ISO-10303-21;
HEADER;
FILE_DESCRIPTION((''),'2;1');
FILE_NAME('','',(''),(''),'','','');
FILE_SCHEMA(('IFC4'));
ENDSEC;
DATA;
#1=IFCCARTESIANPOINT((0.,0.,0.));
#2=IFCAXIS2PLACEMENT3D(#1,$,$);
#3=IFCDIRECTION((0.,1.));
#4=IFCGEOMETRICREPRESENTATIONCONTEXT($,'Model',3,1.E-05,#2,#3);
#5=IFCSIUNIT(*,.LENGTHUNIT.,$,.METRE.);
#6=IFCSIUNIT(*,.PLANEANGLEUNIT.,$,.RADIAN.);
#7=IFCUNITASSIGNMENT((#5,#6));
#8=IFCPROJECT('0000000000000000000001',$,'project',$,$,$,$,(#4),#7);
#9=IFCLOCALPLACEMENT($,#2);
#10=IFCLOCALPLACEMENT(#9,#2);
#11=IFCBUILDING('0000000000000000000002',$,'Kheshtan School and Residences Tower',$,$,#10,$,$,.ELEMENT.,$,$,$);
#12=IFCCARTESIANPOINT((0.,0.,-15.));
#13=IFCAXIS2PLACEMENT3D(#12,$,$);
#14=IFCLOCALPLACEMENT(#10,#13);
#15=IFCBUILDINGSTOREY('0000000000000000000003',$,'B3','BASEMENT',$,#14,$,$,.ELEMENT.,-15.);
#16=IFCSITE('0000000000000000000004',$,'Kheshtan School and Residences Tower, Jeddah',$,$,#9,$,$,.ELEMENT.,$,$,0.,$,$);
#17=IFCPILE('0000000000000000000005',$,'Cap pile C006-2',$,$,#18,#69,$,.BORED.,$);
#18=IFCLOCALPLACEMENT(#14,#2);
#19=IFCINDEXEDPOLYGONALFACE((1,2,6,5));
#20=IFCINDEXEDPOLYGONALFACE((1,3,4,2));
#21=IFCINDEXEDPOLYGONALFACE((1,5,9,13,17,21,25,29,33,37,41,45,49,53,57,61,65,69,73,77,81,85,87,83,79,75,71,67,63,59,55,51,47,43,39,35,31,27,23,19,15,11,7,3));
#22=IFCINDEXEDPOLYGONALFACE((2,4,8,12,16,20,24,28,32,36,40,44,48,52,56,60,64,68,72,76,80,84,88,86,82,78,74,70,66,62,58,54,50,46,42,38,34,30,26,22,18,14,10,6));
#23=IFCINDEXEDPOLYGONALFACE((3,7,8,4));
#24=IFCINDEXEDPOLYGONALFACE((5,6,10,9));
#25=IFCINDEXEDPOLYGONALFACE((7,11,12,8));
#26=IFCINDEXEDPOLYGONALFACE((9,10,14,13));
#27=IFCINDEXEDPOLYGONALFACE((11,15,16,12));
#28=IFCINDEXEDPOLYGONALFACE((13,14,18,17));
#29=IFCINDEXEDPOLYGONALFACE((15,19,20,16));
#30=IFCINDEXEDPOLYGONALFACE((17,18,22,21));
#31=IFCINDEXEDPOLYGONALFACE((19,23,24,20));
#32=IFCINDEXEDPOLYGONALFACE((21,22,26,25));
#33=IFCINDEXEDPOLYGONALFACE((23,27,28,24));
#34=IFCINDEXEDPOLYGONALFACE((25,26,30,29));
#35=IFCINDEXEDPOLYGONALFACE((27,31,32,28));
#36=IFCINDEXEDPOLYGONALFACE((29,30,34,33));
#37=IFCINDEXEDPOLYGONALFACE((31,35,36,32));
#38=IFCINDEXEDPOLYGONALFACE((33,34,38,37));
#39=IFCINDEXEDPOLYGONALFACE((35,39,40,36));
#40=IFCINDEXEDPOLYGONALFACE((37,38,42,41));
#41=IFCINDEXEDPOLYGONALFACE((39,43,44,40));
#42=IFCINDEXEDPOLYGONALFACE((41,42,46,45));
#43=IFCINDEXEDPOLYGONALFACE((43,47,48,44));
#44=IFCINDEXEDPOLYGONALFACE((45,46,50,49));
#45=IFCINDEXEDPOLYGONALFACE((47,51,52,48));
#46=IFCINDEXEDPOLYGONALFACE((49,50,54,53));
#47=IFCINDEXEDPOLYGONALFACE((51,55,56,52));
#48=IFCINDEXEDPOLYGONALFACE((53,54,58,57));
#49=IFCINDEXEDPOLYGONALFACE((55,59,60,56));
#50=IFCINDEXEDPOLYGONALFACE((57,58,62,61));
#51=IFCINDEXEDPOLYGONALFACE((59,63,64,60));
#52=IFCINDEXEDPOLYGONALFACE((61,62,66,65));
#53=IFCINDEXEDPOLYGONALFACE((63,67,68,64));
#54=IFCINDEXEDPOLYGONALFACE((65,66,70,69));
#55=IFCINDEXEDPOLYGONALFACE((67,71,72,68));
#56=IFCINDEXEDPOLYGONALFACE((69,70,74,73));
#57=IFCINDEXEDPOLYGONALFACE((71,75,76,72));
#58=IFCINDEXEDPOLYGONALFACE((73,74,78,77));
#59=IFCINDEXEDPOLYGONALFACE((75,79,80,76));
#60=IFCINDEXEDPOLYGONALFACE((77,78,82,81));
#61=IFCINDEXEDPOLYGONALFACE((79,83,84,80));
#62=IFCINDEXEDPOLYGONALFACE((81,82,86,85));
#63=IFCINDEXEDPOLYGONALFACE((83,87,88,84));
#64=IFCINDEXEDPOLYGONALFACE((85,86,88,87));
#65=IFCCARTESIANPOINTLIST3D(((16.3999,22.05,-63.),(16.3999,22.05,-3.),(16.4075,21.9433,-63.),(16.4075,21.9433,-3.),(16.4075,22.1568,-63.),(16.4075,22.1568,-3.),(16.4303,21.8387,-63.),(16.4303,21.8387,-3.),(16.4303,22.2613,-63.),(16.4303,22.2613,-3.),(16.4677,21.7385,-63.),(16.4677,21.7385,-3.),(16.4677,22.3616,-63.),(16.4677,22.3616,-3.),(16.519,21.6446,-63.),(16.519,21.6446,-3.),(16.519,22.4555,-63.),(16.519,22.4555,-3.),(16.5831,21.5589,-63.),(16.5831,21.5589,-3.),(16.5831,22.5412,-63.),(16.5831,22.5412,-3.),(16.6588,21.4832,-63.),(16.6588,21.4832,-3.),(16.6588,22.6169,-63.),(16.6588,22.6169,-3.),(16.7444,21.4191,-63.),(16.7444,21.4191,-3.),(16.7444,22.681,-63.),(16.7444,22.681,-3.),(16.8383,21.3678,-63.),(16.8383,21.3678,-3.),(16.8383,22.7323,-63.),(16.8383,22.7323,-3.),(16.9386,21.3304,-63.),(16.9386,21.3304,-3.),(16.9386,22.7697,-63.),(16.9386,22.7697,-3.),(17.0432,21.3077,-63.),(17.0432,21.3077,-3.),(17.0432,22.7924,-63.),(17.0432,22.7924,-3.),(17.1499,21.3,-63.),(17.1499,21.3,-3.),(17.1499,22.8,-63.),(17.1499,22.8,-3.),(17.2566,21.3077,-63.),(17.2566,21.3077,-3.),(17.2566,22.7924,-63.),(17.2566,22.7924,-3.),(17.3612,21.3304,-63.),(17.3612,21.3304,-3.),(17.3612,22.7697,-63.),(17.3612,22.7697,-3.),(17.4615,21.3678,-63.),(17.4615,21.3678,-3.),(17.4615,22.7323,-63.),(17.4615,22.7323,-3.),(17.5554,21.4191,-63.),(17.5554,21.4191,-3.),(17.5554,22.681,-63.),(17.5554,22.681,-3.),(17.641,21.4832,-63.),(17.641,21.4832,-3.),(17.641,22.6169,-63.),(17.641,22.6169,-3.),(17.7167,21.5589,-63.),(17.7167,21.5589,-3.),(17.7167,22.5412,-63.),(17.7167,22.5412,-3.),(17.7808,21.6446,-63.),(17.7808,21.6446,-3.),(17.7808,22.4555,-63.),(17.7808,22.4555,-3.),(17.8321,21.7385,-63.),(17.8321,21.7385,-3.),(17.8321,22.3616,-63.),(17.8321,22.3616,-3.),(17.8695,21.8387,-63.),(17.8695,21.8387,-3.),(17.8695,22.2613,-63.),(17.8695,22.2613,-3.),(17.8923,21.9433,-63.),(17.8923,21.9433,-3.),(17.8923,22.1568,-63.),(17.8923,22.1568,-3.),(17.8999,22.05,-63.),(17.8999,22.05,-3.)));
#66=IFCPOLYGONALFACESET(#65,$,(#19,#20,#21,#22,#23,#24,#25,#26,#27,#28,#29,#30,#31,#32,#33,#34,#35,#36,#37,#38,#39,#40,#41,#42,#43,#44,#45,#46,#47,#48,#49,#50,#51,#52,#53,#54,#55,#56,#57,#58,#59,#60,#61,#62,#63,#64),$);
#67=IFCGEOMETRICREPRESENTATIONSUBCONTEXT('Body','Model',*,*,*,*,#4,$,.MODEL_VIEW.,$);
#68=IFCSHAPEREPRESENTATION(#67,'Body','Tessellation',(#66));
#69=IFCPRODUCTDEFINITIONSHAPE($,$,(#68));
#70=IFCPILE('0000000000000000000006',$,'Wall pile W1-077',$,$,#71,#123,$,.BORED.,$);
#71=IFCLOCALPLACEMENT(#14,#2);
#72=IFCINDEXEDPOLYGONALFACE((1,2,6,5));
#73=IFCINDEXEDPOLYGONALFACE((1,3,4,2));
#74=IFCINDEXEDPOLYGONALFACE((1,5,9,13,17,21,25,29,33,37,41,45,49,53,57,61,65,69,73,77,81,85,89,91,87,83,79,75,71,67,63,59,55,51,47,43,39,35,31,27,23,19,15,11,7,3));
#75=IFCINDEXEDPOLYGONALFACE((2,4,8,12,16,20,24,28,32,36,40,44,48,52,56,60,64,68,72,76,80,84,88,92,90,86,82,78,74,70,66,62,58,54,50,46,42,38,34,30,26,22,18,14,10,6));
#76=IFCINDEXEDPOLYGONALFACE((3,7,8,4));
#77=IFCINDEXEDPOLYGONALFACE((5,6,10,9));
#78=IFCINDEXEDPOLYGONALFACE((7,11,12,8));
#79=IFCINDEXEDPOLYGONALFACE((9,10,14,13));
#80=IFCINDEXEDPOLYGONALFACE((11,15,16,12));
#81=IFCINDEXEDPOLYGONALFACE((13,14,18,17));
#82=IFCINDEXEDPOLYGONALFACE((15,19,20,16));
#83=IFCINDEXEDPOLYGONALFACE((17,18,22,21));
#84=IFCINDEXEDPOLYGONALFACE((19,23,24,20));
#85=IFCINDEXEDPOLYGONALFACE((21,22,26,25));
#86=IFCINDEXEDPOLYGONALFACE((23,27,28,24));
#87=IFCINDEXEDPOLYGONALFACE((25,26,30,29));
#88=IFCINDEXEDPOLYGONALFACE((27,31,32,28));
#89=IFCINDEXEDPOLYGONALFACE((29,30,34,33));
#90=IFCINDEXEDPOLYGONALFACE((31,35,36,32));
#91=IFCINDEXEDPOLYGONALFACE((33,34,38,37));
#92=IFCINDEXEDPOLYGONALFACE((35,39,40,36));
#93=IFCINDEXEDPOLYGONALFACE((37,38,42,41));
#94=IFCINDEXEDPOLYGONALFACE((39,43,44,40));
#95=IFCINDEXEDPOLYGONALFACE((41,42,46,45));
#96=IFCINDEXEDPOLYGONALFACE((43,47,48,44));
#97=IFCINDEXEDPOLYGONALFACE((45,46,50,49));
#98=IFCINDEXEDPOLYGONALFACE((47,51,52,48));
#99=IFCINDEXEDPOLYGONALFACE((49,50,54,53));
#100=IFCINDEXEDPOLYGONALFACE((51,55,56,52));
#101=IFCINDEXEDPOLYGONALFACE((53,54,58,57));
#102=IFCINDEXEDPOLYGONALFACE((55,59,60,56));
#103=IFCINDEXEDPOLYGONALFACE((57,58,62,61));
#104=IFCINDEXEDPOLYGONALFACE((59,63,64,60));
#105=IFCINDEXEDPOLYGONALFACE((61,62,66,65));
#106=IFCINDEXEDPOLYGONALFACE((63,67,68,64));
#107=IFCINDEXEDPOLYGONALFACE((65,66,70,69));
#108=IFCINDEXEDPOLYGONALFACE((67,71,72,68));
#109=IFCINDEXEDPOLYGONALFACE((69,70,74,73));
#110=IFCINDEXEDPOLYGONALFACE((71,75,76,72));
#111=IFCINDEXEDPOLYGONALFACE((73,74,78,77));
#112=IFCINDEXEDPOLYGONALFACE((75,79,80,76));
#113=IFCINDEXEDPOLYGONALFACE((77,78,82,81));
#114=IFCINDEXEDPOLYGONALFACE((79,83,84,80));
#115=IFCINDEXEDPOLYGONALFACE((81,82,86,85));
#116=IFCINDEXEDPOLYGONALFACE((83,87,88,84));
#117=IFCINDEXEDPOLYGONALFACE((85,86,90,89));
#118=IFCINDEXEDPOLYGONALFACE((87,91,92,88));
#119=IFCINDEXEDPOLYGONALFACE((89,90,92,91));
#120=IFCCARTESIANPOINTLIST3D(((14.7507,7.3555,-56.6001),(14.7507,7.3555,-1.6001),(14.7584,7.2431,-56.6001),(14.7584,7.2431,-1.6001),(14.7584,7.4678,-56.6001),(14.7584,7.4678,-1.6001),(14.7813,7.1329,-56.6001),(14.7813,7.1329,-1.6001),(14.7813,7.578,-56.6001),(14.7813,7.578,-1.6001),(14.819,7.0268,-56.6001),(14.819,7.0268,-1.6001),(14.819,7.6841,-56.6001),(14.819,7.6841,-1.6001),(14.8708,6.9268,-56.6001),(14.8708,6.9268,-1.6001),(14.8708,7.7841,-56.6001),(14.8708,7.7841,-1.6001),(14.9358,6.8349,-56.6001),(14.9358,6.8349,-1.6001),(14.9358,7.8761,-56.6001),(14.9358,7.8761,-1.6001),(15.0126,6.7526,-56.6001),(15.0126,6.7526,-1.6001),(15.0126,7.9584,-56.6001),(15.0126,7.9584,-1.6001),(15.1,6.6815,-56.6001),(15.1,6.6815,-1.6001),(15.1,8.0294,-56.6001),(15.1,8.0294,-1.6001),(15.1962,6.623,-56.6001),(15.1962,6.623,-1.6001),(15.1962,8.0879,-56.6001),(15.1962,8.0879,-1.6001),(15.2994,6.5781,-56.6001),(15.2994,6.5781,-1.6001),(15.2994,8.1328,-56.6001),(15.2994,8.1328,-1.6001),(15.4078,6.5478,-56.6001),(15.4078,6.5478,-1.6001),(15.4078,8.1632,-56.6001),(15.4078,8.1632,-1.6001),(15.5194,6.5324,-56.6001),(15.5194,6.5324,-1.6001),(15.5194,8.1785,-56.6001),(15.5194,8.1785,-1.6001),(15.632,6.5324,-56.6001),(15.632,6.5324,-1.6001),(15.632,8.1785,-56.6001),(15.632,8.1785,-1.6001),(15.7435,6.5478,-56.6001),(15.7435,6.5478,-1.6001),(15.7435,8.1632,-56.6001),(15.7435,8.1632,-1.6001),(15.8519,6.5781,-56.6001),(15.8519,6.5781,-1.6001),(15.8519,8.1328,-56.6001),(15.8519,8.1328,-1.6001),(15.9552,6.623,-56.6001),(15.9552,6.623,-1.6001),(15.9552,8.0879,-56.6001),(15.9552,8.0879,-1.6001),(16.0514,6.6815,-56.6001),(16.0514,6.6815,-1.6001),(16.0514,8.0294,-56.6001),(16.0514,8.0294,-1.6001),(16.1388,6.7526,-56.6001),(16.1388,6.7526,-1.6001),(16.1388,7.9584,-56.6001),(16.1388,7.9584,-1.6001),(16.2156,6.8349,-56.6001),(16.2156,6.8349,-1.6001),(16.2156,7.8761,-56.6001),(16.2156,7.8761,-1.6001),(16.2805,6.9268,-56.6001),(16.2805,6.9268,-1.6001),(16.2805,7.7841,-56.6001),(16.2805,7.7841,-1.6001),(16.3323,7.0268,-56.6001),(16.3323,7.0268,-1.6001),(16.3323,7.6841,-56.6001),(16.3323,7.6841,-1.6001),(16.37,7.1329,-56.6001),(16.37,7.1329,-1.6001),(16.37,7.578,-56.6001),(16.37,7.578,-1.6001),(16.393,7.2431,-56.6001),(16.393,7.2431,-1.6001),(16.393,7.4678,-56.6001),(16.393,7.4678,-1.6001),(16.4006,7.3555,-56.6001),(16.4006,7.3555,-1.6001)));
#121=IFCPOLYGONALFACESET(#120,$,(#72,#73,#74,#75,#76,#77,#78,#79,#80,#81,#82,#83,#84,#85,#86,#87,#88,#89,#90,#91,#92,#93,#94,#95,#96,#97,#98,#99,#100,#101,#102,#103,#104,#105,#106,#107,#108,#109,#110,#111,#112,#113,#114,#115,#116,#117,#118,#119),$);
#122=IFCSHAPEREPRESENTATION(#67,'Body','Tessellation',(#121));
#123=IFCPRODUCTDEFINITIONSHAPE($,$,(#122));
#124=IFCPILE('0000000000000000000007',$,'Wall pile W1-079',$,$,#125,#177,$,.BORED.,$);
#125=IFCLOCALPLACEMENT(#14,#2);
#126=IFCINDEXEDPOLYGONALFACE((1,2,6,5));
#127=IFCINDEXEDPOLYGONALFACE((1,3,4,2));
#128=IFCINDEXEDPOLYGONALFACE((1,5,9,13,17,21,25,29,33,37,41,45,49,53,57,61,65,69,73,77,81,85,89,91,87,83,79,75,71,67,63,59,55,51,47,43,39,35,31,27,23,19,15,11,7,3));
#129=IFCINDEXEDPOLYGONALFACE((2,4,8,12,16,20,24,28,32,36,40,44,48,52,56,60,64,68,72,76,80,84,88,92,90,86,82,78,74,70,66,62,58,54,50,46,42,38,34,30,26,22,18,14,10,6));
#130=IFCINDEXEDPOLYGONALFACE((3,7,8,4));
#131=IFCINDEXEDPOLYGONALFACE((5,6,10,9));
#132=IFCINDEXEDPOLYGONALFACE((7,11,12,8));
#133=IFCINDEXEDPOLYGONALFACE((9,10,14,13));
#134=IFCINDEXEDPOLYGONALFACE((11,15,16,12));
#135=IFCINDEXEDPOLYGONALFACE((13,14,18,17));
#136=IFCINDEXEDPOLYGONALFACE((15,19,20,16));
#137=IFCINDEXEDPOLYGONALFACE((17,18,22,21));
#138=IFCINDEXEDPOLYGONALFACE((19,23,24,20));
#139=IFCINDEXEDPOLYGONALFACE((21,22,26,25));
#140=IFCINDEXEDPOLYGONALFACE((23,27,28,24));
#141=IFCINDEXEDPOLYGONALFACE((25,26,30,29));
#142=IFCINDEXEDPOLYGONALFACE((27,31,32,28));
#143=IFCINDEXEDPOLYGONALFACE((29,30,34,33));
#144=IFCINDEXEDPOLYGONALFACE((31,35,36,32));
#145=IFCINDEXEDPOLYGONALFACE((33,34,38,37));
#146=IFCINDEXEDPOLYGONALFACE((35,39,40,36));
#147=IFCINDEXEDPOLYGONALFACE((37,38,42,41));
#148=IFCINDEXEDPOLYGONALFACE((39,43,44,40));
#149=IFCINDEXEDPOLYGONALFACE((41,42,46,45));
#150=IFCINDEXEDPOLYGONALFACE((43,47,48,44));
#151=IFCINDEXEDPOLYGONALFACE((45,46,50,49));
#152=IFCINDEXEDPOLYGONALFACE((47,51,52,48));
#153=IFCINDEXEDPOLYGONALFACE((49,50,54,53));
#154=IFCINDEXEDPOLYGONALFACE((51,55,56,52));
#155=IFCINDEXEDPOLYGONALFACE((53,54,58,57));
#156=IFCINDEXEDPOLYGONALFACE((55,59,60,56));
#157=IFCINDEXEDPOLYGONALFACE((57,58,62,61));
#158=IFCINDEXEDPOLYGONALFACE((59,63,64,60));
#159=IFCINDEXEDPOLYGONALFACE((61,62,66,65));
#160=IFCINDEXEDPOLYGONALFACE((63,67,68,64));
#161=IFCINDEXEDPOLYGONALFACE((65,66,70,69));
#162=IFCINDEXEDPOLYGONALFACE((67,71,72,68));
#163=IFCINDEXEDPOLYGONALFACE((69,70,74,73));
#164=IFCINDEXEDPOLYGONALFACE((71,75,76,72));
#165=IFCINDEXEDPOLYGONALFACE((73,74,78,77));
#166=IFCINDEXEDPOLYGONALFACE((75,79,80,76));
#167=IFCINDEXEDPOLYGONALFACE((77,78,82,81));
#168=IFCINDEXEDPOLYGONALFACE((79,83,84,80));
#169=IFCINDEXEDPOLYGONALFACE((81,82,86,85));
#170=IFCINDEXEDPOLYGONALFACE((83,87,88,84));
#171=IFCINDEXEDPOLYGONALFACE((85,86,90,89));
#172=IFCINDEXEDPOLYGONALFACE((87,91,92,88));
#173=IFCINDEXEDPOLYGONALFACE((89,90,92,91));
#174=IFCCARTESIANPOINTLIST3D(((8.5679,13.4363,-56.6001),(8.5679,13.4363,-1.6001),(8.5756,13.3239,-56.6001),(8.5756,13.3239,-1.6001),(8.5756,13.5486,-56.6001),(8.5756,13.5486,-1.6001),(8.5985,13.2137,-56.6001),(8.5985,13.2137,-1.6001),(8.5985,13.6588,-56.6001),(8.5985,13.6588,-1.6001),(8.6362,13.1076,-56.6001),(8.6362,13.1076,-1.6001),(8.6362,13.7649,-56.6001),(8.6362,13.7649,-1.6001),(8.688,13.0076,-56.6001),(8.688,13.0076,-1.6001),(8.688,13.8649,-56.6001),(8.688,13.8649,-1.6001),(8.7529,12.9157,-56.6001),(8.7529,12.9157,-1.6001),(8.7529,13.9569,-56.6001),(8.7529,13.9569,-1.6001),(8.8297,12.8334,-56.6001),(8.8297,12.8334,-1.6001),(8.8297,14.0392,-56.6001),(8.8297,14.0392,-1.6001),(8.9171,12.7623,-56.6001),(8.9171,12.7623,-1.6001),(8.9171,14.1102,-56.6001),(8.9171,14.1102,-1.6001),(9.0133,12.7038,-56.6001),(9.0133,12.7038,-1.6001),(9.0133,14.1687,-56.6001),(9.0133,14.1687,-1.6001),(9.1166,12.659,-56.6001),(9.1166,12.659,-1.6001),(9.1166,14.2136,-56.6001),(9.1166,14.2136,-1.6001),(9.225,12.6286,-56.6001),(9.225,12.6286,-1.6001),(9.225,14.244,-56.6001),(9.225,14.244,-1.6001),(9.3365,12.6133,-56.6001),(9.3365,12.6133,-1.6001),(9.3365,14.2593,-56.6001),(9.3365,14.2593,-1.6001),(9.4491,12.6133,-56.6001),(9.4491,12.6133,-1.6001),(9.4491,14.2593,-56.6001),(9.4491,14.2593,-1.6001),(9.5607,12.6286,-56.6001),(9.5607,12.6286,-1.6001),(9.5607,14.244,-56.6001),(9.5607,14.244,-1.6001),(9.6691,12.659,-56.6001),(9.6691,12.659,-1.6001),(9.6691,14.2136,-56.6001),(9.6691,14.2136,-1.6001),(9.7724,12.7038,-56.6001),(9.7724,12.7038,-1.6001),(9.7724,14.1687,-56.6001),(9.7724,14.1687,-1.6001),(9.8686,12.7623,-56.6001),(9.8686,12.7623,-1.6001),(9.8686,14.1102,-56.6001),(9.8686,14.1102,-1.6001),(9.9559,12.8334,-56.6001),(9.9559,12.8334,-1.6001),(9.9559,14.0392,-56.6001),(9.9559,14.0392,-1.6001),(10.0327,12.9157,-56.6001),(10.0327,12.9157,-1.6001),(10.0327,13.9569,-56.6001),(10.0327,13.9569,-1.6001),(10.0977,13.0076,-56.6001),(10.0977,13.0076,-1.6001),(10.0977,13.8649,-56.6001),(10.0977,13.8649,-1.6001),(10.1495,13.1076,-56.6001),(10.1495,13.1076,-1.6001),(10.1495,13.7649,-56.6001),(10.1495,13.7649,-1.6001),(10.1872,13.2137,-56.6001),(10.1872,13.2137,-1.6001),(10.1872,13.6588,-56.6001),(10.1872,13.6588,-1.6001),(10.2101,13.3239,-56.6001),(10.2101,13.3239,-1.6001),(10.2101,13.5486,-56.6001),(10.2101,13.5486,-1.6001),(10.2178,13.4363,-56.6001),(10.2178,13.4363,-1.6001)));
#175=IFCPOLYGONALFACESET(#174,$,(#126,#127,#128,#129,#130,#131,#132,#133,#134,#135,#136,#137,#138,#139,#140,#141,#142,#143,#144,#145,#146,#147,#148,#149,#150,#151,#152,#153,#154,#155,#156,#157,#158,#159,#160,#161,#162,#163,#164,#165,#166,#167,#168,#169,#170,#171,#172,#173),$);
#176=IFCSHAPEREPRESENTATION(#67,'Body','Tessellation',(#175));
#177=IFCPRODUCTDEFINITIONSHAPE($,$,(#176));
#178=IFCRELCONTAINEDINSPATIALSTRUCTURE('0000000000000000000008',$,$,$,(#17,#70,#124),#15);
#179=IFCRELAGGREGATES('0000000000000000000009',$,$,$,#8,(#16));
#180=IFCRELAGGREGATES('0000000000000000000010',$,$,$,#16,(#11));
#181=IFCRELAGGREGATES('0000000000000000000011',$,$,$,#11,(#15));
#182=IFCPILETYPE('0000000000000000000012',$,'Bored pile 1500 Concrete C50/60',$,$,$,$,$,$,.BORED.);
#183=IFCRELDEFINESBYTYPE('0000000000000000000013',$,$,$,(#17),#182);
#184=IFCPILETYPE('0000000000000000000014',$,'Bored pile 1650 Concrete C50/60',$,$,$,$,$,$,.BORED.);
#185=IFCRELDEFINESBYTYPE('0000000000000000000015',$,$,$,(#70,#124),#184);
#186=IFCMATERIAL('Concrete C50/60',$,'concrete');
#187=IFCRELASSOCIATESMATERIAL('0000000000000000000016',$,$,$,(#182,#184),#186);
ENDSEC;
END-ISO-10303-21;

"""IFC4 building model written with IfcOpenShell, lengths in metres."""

from ifc_helpers import new_model, si_unit, direction, frame, origin, origin_2d, place, context, subcontext, project, spatial, circle, extrude, material, material_profile, profile_set, type_object, element, save


model = new_model("IFC4")

# Units and contexts
model_context = context("Model", 3, precision=1e-05, world=origin(), true_north=direction((0.0, 1.0)))
body_context = subcontext(model_context, "Body", "Model", "MODEL_VIEW")
ifc_project = project(units=[si_unit("LENGTHUNIT", "METRE"), si_unit("PLANEANGLEUNIT", "RADIAN")], contexts=[model_context])

# Site, building, storey
site_placement = place(None, origin())
site = spatial("IfcSite", under=ifc_project, at=site_placement, Name="Kheshtan School and Residences Tower, Jeddah", CompositionType="ELEMENT", RefElevation=0.0)
building_placement = place(site_placement, origin())
building = spatial("IfcBuilding", under=site, at=building_placement, Name="Kheshtan School and Residences Tower", CompositionType="ELEMENT")
storey_placement = place(building_placement, frame((0.0, 0.0, -15.0)))
storey = spatial("IfcBuildingStorey", under=building, at=storey_placement, Name="B3", Description="BASEMENT", CompositionType="ELEMENT", Elevation=-15.0)

# Piles
ifc_material_1 = material(Name="Concrete C50/60", Category="concrete")
ifc_material_profile_1 = material_profile(ifc_material_1, circle(Radius=0.75, at=origin_2d()), Name="BP 1500")
ifc_profile_set_1 = profile_set([ifc_material_profile_1], Name="Concrete C50/60")
pile_type_1 = type_object("IfcPileType", Name="Bored pile 1500 Concrete C50/60", PredefinedType="BORED", material=ifc_profile_set_1)
for number, where, z_axis, x_axis, name in (
    (1, (17.1499, 22.05, -3.0), (0.0, 0.0, -1.0), (1.0, 0.0, 0.0), "Cap pile C006-2"),
):
    element("IfcPile", number, at=place(storey_placement, frame(where, z_axis=z_axis, x_axis=x_axis)), inside=storey, type_object=pile_type_1, Name=name, PredefinedType="BORED", context=body_context, shape_type="SweptSolid", body=[
        extrude(circle(Radius=0.75, at=origin_2d()), origin(), (0.0, 0.0, 1.0), 60.0),
    ])
ifc_material_profile_2 = material_profile(ifc_material_1, circle(Radius=0.825, at=origin_2d()), Name="BP 1650")
ifc_profile_set_2 = profile_set([ifc_material_profile_2], Name="Concrete C50/60")
pile_type_2 = type_object("IfcPileType", Name="Bored pile 1650 Concrete C50/60", PredefinedType="BORED", material=ifc_profile_set_2)
for number, where, z_axis, x_axis, name in (
    (2, (15.5757, 7.3555, -1.6001), (0.0, 0.0, -1.0), (1.0, 0.0, 0.0), "Wall pile W1-077"),
    (3, (9.3928, 13.4363, -1.6001), (0.0, 0.0, -1.0), (1.0, 0.0, 0.0), "Wall pile W1-079"),
):
    element("IfcPile", number, at=place(storey_placement, frame(where, z_axis=z_axis, x_axis=x_axis)), inside=storey, type_object=pile_type_2, Name=name, PredefinedType="BORED", context=body_context, shape_type="SweptSolid", body=[
        extrude(circle(Radius=0.825, at=origin_2d()), origin(), (0.0, 0.0, 1.0), 55.0),
    ])

save(model, "model.ifc")
